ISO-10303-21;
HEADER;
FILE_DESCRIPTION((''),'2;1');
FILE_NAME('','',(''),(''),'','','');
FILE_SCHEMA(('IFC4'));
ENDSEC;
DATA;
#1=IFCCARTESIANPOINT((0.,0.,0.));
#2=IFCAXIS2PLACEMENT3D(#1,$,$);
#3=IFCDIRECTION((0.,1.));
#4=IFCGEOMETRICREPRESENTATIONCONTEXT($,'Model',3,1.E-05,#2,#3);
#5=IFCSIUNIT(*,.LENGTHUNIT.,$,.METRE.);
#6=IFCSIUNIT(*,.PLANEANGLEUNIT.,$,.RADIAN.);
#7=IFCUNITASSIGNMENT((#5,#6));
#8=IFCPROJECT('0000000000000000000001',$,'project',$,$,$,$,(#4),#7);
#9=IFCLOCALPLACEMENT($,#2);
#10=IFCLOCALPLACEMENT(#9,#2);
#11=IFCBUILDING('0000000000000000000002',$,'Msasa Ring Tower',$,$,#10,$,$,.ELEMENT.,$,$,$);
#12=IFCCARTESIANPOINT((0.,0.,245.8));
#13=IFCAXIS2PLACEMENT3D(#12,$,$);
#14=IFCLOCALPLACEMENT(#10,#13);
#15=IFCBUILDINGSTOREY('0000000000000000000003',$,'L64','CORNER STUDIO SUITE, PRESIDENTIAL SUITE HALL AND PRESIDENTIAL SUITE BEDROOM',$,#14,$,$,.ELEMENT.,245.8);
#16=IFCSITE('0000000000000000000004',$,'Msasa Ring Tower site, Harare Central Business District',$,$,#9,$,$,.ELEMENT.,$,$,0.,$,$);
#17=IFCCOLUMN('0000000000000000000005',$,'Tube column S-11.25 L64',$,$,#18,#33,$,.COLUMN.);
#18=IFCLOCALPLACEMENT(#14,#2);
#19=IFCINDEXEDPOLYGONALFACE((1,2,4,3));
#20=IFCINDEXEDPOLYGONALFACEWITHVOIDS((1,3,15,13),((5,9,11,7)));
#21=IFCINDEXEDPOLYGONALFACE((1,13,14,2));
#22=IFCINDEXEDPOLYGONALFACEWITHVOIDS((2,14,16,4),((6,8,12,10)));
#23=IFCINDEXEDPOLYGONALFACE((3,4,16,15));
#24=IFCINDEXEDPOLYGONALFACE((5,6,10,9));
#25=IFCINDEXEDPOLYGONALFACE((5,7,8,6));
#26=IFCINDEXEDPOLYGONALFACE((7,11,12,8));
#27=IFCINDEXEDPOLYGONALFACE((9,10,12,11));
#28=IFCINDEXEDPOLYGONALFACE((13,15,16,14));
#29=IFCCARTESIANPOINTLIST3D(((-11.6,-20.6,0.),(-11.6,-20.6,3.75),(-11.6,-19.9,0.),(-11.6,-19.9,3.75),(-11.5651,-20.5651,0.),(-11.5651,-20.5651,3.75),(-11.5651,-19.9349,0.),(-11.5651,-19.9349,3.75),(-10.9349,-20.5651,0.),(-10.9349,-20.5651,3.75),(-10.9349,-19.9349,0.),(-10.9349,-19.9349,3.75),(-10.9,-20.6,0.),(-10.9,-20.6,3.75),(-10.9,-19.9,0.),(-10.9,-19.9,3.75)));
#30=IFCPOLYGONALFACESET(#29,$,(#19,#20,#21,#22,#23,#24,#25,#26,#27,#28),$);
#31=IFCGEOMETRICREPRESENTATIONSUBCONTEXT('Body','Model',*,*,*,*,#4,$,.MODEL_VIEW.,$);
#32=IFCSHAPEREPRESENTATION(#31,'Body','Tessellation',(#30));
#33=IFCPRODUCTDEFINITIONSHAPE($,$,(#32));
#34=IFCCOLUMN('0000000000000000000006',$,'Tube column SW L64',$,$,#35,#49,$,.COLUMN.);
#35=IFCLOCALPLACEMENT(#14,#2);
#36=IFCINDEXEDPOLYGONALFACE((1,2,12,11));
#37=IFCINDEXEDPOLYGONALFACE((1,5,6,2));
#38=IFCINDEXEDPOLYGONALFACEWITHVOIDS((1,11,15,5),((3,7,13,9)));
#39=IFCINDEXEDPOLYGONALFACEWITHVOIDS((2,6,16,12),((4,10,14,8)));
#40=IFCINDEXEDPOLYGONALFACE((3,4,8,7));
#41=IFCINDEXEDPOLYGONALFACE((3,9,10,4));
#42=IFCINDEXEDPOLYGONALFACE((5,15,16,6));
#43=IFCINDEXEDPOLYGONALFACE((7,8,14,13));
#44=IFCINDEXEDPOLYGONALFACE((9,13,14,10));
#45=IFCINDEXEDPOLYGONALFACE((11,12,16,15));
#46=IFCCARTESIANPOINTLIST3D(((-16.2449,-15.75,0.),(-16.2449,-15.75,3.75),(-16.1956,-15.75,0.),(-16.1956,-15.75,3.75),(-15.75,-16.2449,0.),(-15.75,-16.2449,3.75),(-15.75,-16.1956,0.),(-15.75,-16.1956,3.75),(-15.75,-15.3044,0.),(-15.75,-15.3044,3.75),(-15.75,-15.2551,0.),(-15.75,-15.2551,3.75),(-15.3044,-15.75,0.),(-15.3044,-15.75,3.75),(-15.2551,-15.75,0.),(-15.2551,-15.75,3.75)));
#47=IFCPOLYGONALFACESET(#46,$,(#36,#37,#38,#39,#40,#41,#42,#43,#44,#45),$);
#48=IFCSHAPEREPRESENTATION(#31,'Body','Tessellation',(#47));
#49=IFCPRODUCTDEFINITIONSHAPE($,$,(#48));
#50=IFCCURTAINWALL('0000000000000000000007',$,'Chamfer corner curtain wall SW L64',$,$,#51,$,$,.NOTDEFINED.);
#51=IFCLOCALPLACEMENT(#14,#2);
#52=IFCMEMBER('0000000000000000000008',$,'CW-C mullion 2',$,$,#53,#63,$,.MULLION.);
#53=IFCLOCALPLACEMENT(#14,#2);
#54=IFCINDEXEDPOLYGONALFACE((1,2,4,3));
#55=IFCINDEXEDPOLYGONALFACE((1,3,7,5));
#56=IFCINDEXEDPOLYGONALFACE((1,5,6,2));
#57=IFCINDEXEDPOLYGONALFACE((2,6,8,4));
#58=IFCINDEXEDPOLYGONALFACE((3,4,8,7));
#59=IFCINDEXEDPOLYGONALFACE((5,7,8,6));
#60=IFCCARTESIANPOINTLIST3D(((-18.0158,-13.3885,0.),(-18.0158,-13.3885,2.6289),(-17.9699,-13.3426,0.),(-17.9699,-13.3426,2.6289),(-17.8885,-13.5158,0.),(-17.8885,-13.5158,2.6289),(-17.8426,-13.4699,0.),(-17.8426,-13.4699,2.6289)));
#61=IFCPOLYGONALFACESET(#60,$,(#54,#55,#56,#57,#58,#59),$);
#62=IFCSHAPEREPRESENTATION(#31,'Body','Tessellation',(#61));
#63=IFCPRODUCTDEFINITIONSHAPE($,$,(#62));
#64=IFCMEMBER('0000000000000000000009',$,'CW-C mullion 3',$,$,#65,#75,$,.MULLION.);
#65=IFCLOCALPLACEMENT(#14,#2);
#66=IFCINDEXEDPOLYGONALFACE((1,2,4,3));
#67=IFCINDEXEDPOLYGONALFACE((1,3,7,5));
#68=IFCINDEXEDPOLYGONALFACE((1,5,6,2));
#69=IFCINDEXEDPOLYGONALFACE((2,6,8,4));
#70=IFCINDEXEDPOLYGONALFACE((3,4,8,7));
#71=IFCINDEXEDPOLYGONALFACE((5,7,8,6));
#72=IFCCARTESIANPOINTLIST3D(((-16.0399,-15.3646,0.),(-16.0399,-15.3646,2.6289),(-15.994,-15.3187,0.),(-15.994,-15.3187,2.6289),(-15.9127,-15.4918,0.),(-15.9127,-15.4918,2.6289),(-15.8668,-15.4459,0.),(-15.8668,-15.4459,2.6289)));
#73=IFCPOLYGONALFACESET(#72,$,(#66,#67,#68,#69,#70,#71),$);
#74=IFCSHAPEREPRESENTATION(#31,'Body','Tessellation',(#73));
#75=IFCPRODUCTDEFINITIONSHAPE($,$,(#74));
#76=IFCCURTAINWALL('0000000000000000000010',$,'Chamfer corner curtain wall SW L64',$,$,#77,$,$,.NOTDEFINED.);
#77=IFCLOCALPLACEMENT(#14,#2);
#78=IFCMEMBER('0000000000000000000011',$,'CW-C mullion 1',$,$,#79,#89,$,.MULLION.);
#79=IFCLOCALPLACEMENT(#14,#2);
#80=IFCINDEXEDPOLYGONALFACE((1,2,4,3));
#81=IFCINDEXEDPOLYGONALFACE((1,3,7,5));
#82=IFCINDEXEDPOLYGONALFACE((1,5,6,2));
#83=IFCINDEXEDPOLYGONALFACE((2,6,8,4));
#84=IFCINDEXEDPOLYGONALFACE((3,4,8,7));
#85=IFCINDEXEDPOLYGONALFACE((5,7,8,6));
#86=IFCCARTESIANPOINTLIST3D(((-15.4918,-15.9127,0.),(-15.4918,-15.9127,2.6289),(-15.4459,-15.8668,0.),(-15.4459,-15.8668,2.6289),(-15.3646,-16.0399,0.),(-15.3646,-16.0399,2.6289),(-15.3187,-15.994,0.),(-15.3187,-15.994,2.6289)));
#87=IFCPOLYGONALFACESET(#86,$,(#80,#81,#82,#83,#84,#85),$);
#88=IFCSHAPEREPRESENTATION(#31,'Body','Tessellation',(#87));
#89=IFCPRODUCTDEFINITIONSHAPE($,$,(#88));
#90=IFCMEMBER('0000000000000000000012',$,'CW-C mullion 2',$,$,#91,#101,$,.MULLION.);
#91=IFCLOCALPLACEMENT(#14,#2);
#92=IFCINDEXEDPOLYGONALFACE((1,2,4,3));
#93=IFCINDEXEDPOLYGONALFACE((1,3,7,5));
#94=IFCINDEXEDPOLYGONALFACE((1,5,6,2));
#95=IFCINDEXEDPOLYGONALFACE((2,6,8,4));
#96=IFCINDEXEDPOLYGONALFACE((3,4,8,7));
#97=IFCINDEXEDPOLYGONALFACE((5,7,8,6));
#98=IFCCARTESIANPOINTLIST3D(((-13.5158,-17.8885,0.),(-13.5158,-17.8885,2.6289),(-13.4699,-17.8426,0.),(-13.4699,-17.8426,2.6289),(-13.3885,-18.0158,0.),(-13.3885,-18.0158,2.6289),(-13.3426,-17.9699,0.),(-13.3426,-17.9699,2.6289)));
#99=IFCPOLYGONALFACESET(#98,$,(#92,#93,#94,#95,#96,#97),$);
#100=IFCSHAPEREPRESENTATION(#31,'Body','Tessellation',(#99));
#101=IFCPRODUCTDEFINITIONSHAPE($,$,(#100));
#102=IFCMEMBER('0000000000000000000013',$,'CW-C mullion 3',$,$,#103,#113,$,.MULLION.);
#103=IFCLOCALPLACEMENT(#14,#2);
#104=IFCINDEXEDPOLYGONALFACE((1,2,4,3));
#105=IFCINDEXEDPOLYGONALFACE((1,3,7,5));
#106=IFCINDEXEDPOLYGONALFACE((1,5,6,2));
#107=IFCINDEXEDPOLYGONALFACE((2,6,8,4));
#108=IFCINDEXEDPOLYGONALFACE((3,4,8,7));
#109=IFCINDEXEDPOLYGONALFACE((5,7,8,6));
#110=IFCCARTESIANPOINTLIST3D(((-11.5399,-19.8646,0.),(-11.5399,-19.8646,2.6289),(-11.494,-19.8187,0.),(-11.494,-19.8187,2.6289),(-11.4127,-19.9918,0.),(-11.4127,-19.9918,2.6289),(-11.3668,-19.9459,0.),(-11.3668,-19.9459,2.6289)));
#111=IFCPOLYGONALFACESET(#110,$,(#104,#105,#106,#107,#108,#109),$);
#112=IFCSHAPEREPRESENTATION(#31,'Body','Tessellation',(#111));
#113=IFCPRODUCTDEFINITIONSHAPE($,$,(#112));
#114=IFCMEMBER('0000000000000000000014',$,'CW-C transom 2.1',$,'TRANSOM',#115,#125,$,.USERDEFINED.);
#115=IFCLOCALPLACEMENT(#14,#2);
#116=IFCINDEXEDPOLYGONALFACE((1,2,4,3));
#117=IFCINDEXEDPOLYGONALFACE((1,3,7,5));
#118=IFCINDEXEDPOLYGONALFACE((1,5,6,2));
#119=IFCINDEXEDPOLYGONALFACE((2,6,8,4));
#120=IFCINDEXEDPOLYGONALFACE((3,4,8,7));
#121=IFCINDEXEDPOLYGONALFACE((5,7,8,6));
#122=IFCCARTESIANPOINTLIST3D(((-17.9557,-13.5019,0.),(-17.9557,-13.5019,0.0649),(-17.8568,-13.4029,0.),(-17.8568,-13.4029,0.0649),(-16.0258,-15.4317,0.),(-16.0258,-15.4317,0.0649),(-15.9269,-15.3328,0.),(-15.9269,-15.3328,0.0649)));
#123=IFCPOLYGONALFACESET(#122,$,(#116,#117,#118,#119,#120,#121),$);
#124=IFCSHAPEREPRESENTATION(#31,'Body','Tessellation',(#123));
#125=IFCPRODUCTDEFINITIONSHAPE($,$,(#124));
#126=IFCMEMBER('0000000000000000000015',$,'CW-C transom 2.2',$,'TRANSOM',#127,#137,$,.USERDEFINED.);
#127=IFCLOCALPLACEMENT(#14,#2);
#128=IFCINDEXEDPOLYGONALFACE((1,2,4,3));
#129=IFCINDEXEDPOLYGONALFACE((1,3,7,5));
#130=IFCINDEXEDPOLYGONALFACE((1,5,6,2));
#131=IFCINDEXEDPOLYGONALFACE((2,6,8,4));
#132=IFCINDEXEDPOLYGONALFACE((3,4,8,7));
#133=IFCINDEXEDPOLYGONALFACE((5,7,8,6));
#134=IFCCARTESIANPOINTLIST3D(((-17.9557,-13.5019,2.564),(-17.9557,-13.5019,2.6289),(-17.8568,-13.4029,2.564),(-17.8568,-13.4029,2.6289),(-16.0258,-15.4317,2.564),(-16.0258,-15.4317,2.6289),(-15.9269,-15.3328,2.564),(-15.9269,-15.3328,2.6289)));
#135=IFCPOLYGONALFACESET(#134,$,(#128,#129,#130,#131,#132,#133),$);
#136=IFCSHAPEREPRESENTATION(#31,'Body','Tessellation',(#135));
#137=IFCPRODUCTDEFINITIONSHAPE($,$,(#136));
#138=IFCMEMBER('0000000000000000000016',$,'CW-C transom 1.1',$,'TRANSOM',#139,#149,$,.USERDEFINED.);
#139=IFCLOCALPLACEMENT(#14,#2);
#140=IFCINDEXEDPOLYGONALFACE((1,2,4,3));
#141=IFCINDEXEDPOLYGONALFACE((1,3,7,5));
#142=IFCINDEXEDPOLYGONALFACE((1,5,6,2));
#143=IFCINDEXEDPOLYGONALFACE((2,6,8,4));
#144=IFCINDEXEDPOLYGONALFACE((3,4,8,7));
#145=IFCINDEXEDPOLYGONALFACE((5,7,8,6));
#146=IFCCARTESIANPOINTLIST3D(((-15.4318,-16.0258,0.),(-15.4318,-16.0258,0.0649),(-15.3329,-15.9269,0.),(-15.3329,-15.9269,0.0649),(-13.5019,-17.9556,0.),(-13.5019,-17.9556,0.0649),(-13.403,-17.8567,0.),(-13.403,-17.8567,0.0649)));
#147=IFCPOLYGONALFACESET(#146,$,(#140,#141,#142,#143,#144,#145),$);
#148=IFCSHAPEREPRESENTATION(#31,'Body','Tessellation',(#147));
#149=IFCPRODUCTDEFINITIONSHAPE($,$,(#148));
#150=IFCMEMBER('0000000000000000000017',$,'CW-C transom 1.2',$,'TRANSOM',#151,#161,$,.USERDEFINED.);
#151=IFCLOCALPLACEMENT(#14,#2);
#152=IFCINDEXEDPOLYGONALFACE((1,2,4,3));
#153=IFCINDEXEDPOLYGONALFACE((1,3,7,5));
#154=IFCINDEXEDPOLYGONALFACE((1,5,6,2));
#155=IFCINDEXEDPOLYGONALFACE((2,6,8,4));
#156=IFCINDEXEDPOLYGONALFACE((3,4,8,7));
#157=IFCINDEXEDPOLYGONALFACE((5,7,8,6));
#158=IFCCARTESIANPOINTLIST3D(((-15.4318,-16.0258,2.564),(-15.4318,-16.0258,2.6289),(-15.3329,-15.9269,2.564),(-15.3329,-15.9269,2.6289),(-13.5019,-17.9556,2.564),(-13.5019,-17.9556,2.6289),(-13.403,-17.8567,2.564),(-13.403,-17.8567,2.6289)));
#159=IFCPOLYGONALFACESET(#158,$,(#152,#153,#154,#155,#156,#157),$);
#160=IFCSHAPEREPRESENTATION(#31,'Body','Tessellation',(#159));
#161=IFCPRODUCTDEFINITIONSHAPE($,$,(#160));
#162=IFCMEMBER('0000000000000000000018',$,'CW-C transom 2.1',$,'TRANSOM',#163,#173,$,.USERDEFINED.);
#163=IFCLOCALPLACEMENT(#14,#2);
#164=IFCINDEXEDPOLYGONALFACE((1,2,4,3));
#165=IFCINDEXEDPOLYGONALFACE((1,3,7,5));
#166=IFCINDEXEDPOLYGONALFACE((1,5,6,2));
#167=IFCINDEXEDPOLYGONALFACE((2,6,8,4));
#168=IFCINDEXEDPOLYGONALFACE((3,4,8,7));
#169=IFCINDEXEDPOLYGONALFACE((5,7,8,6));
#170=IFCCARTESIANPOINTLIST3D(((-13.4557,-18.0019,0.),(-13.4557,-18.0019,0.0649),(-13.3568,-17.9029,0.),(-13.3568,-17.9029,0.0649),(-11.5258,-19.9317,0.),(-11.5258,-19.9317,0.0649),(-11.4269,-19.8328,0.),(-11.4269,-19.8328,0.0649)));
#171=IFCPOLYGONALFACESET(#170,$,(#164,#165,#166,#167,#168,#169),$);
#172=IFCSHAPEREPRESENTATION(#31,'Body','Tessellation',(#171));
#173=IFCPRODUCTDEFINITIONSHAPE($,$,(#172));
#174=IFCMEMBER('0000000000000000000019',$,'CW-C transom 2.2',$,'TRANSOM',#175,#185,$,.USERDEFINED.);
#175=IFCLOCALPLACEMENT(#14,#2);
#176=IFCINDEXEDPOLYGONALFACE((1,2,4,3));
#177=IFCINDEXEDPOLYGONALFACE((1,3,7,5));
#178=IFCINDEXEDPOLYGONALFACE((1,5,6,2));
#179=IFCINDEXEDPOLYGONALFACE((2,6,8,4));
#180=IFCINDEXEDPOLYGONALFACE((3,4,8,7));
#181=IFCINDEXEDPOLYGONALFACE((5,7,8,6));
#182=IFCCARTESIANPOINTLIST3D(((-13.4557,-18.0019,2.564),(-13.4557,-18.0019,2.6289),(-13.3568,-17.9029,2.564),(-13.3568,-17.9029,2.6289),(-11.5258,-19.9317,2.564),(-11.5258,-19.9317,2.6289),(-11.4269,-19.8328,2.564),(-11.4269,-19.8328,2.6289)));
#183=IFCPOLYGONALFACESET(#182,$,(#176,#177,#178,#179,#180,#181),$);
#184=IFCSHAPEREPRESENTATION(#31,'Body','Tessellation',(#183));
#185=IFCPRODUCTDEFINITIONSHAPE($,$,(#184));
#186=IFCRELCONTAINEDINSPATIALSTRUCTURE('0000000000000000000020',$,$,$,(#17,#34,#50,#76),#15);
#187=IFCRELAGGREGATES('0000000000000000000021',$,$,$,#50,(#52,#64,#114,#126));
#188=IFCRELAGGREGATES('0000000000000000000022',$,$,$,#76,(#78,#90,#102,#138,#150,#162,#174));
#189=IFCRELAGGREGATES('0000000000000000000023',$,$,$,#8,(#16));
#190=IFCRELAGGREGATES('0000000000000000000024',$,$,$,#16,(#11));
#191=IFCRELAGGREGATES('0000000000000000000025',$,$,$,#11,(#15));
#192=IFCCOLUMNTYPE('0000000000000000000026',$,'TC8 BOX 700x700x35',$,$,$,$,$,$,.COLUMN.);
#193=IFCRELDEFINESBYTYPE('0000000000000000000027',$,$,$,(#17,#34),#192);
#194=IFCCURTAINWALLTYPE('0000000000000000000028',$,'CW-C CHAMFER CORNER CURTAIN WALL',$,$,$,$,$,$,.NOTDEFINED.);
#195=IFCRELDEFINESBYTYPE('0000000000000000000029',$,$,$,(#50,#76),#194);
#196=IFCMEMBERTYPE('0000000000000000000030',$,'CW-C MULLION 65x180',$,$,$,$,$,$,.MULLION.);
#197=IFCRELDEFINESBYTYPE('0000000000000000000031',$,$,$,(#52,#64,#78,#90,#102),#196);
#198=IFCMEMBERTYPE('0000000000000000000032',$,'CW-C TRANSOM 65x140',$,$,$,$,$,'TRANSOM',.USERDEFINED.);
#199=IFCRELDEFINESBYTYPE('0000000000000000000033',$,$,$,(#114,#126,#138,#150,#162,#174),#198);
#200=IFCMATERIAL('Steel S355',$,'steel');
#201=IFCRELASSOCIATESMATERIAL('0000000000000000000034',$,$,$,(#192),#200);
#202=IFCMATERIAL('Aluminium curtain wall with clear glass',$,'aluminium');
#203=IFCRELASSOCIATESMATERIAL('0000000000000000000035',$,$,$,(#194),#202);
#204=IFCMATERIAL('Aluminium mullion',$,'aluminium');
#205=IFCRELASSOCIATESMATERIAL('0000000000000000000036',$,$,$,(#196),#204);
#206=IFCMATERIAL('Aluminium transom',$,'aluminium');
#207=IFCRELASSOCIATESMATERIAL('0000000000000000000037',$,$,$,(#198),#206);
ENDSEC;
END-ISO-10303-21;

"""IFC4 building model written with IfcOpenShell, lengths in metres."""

from ifc_helpers import new_model, si_unit, direction, frame, origin, origin_2d, place, context, subcontext, project, spatial, rectangle, hollow_rectangle, extrude, material, material_profile, profile_set, type_object, element, aggregate, save


model = new_model("IFC4")

# Units and contexts
model_context = context("Model", 3, precision=1e-05, world=origin(), true_north=direction((0.0, 1.0)))
body_context = subcontext(model_context, "Body", "Model", "MODEL_VIEW")
ifc_project = project(units=[si_unit("LENGTHUNIT", "METRE"), si_unit("PLANEANGLEUNIT", "RADIAN")], contexts=[model_context])

# Site, building, storey
site_placement = place(None, origin())
site = spatial("IfcSite", under=ifc_project, at=site_placement, Name="Msasa Ring Tower site, Harare Central Business District", CompositionType="ELEMENT", RefElevation=0.0)
building_placement = place(site_placement, origin())
building = spatial("IfcBuilding", under=site, at=building_placement, Name="Msasa Ring Tower", CompositionType="ELEMENT")
storey_placement = place(building_placement, frame((0.0, 0.0, 245.8)))
storey = spatial("IfcBuildingStorey", under=building, at=storey_placement, Name="L64", Description="CORNER STUDIO SUITE, PRESIDENTIAL SUITE HALL AND PRESIDENTIAL SUITE BEDROOM", CompositionType="ELEMENT", Elevation=245.8)

# Columns
ifc_material_1 = material(Name="Steel S355", Category="steel")
ifc_material_profile_1 = material_profile(ifc_material_1, hollow_rectangle(XDim=0.7, YDim=0.7, WallThickness=0.0349, at=origin_2d()), Name="BOX 700x700x35")
ifc_profile_set_1 = profile_set([ifc_material_profile_1], Name="Steel S355")
column_type = type_object("IfcColumnType", Name="TC8 BOX 700x700x35", PredefinedType="COLUMN", material=ifc_profile_set_1)
for number, where, z_axis, x_axis, name in (
    (1, (-11.25, -20.25, 0.0), (0.0, 0.0, 1.0), (0.0, 1.0, 0.0), "Tube column S-11.25 L64"),
    (2, (-15.75, -15.75, 0.0), (0.0, 0.0, 1.0), (0.707107, 0.707107, 0.0), "Tube column SW L64"),
):
    element("IfcColumn", number, at=place(storey_placement, frame(where, z_axis=z_axis, x_axis=x_axis)), inside=storey, type_object=column_type, Name=name, PredefinedType="COLUMN", context=body_context, shape_type="SweptSolid", body=[
        extrude(hollow_rectangle(XDim=0.7, YDim=0.7, WallThickness=0.0349, at=origin_2d()), origin(), (0.0, 0.0, 1.0), 3.75),
    ])

# Curtain walls, members
ifc_material_2 = material(Name="Aluminium curtain wall with clear glass", Category="aluminium")
curtain_wall_type = type_object("IfcCurtainWallType", Name="CW-C CHAMFER CORNER CURTAIN WALL", PredefinedType="NOTDEFINED", material=ifc_material_2)
curtain_wall_1_placement = place(storey_placement, origin())
curtain_wall_1 = element("IfcCurtainWall", 3, at=curtain_wall_1_placement, inside=storey, type_object=curtain_wall_type, Name="Chamfer corner curtain wall SW L64", PredefinedType="NOTDEFINED")
ifc_material_3 = material(Name="Aluminium mullion", Category="aluminium")
ifc_material_profile_2 = material_profile(ifc_material_3, rectangle(XDim=0.0649, YDim=0.1799, at=origin_2d()), Name="AL 65x180")
ifc_profile_set_2 = profile_set([ifc_material_profile_2], Name="Aluminium mullion")
member_type_1 = type_object("IfcMemberType", Name="CW-C MULLION 65x180", PredefinedType="MULLION", material=ifc_profile_set_2)
member_1_placement = place(storey_placement, frame((-17.9292, -13.4292, 0.0), z_axis=(0.0, 0.0, 1.0), x_axis=(0.707107, 0.707107, 0.0)))
member_1 = element("IfcMember", 4, at=member_1_placement, type_object=member_type_1, Name="CW-C mullion 2", PredefinedType="MULLION", context=body_context, shape_type="SweptSolid", body=[
    extrude(rectangle(XDim=0.0649, YDim=0.1799, at=origin_2d()), origin(), (0.0, 0.0, 1.0), 2.6289),
])
member_2_placement = place(storey_placement, frame((-15.9534, -15.4053, 0.0), z_axis=(0.0, 0.0, 1.0), x_axis=(0.707107, 0.707107, 0.0)))
member_2 = element("IfcMember", 5, at=member_2_placement, type_object=member_type_1, Name="CW-C mullion 3", PredefinedType="MULLION", context=body_context, shape_type="SweptSolid", body=[
    extrude(rectangle(XDim=0.0649, YDim=0.1799, at=origin_2d()), origin(), (0.0, 0.0, 1.0), 2.6289),
])
curtain_wall_2_placement = place(storey_placement, origin())
curtain_wall_2 = element("IfcCurtainWall", 6, at=curtain_wall_2_placement, inside=storey, type_object=curtain_wall_type, Name="Chamfer corner curtain wall SW L64", PredefinedType="NOTDEFINED")
member_3_placement = place(storey_placement, frame((-15.4053, -15.9534, 0.0), z_axis=(0.0, 0.0, 1.0), x_axis=(0.707107, 0.707107, 0.0)))
member_3 = element("IfcMember", 7, at=member_3_placement, type_object=member_type_1, Name="CW-C mullion 1", PredefinedType="MULLION", context=body_context, shape_type="SweptSolid", body=[
    extrude(rectangle(XDim=0.0649, YDim=0.1799, at=origin_2d()), origin(), (0.0, 0.0, 1.0), 2.6289),
])
member_4_placement = place(storey_placement, frame((-13.4292, -17.9292, 0.0), z_axis=(0.0, 0.0, 1.0), x_axis=(0.707107, 0.707107, 0.0)))
member_4 = element("IfcMember", 8, at=member_4_placement, type_object=member_type_1, Name="CW-C mullion 2", PredefinedType="MULLION", context=body_context, shape_type="SweptSolid", body=[
    extrude(rectangle(XDim=0.0649, YDim=0.1799, at=origin_2d()), origin(), (0.0, 0.0, 1.0), 2.6289),
])
member_5_placement = place(storey_placement, frame((-11.4534, -19.9053, 0.0), z_axis=(0.0, 0.0, 1.0), x_axis=(0.707107, 0.707107, 0.0)))
member_5 = element("IfcMember", 9, at=member_5_placement, type_object=member_type_1, Name="CW-C mullion 3", PredefinedType="MULLION", context=body_context, shape_type="SweptSolid", body=[
    extrude(rectangle(XDim=0.0649, YDim=0.1799, at=origin_2d()), origin(), (0.0, 0.0, 1.0), 2.6289),
])

# Members
ifc_material_4 = material(Name="Aluminium transom", Category="aluminium")
ifc_material_profile_3 = material_profile(ifc_material_4, rectangle(XDim=0.1399, YDim=0.0649, at=origin_2d()), Name="AL 65x140")
ifc_profile_set_3 = profile_set([ifc_material_profile_3], Name="Aluminium transom")
member_type_2 = type_object("IfcMemberType", Name="CW-C TRANSOM 65x140", ElementType="TRANSOM", PredefinedType="USERDEFINED", material=ifc_profile_set_3)
member_6_placement = place(storey_placement, frame((-17.9062, -13.4524, 0.0325), z_axis=(0.707107, -0.707107, 0.0), x_axis=(0.707107, 0.707107, 0.0)))
member_6 = element("IfcMember", 10, at=member_6_placement, type_object=member_type_2, Name="CW-C transom 2.1", ObjectType="TRANSOM", PredefinedType="USERDEFINED", context=body_context, shape_type="SweptSolid", body=[
    extrude(rectangle(XDim=0.1399, YDim=0.0649, at=origin_2d()), origin(), (0.0, 0.0, 1.0), 2.7292),
])
member_7_placement = place(storey_placement, frame((-17.9062, -13.4524, 2.5964), z_axis=(0.707107, -0.707107, 0.0), x_axis=(0.707107, 0.707107, 0.0)))
member_7 = element("IfcMember", 11, at=member_7_placement, type_object=member_type_2, Name="CW-C transom 2.2", ObjectType="TRANSOM", PredefinedType="USERDEFINED", context=body_context, shape_type="SweptSolid", body=[
    extrude(rectangle(XDim=0.1399, YDim=0.0649, at=origin_2d()), origin(), (0.0, 0.0, 1.0), 2.7292),
])
member_8_placement = place(storey_placement, frame((-15.3823, -15.9763, 0.0325), z_axis=(0.707107, -0.707107, 0.0), x_axis=(0.707107, 0.707107, 0.0)))
member_8 = element("IfcMember", 12, at=member_8_placement, type_object=member_type_2, Name="CW-C transom 1.1", ObjectType="TRANSOM", PredefinedType="USERDEFINED", context=body_context, shape_type="SweptSolid", body=[
    extrude(rectangle(XDim=0.1399, YDim=0.0649, at=origin_2d()), origin(), (0.0, 0.0, 1.0), 2.7292),
])
member_9_placement = place(storey_placement, frame((-15.3823, -15.9763, 2.5964), z_axis=(0.707107, -0.707107, 0.0), x_axis=(0.707107, 0.707107, 0.0)))
member_9 = element("IfcMember", 13, at=member_9_placement, type_object=member_type_2, Name="CW-C transom 1.2", ObjectType="TRANSOM", PredefinedType="USERDEFINED", context=body_context, shape_type="SweptSolid", body=[
    extrude(rectangle(XDim=0.1399, YDim=0.0649, at=origin_2d()), origin(), (0.0, 0.0, 1.0), 2.7292),
])
member_10_placement = place(storey_placement, frame((-13.4062, -17.9524, 0.0325), z_axis=(0.707107, -0.707107, 0.0), x_axis=(0.707107, 0.707107, 0.0)))
member_10 = element("IfcMember", 14, at=member_10_placement, type_object=member_type_2, Name="CW-C transom 2.1", ObjectType="TRANSOM", PredefinedType="USERDEFINED", context=body_context, shape_type="SweptSolid", body=[
    extrude(rectangle(XDim=0.1399, YDim=0.0649, at=origin_2d()), origin(), (0.0, 0.0, 1.0), 2.7292),
])
member_11_placement = place(storey_placement, frame((-13.4062, -17.9524, 2.5964), z_axis=(0.707107, -0.707107, 0.0), x_axis=(0.707107, 0.707107, 0.0)))
member_11 = element("IfcMember", 15, at=member_11_placement, type_object=member_type_2, Name="CW-C transom 2.2", ObjectType="TRANSOM", PredefinedType="USERDEFINED", context=body_context, shape_type="SweptSolid", body=[
    extrude(rectangle(XDim=0.1399, YDim=0.0649, at=origin_2d()), origin(), (0.0, 0.0, 1.0), 2.7292),
])

aggregate(curtain_wall_1, [member_1, member_2, member_6, member_7])
aggregate(curtain_wall_2, [member_3, member_4, member_5, member_8, member_9, member_10, member_11])

save(model, "model.ifc")
